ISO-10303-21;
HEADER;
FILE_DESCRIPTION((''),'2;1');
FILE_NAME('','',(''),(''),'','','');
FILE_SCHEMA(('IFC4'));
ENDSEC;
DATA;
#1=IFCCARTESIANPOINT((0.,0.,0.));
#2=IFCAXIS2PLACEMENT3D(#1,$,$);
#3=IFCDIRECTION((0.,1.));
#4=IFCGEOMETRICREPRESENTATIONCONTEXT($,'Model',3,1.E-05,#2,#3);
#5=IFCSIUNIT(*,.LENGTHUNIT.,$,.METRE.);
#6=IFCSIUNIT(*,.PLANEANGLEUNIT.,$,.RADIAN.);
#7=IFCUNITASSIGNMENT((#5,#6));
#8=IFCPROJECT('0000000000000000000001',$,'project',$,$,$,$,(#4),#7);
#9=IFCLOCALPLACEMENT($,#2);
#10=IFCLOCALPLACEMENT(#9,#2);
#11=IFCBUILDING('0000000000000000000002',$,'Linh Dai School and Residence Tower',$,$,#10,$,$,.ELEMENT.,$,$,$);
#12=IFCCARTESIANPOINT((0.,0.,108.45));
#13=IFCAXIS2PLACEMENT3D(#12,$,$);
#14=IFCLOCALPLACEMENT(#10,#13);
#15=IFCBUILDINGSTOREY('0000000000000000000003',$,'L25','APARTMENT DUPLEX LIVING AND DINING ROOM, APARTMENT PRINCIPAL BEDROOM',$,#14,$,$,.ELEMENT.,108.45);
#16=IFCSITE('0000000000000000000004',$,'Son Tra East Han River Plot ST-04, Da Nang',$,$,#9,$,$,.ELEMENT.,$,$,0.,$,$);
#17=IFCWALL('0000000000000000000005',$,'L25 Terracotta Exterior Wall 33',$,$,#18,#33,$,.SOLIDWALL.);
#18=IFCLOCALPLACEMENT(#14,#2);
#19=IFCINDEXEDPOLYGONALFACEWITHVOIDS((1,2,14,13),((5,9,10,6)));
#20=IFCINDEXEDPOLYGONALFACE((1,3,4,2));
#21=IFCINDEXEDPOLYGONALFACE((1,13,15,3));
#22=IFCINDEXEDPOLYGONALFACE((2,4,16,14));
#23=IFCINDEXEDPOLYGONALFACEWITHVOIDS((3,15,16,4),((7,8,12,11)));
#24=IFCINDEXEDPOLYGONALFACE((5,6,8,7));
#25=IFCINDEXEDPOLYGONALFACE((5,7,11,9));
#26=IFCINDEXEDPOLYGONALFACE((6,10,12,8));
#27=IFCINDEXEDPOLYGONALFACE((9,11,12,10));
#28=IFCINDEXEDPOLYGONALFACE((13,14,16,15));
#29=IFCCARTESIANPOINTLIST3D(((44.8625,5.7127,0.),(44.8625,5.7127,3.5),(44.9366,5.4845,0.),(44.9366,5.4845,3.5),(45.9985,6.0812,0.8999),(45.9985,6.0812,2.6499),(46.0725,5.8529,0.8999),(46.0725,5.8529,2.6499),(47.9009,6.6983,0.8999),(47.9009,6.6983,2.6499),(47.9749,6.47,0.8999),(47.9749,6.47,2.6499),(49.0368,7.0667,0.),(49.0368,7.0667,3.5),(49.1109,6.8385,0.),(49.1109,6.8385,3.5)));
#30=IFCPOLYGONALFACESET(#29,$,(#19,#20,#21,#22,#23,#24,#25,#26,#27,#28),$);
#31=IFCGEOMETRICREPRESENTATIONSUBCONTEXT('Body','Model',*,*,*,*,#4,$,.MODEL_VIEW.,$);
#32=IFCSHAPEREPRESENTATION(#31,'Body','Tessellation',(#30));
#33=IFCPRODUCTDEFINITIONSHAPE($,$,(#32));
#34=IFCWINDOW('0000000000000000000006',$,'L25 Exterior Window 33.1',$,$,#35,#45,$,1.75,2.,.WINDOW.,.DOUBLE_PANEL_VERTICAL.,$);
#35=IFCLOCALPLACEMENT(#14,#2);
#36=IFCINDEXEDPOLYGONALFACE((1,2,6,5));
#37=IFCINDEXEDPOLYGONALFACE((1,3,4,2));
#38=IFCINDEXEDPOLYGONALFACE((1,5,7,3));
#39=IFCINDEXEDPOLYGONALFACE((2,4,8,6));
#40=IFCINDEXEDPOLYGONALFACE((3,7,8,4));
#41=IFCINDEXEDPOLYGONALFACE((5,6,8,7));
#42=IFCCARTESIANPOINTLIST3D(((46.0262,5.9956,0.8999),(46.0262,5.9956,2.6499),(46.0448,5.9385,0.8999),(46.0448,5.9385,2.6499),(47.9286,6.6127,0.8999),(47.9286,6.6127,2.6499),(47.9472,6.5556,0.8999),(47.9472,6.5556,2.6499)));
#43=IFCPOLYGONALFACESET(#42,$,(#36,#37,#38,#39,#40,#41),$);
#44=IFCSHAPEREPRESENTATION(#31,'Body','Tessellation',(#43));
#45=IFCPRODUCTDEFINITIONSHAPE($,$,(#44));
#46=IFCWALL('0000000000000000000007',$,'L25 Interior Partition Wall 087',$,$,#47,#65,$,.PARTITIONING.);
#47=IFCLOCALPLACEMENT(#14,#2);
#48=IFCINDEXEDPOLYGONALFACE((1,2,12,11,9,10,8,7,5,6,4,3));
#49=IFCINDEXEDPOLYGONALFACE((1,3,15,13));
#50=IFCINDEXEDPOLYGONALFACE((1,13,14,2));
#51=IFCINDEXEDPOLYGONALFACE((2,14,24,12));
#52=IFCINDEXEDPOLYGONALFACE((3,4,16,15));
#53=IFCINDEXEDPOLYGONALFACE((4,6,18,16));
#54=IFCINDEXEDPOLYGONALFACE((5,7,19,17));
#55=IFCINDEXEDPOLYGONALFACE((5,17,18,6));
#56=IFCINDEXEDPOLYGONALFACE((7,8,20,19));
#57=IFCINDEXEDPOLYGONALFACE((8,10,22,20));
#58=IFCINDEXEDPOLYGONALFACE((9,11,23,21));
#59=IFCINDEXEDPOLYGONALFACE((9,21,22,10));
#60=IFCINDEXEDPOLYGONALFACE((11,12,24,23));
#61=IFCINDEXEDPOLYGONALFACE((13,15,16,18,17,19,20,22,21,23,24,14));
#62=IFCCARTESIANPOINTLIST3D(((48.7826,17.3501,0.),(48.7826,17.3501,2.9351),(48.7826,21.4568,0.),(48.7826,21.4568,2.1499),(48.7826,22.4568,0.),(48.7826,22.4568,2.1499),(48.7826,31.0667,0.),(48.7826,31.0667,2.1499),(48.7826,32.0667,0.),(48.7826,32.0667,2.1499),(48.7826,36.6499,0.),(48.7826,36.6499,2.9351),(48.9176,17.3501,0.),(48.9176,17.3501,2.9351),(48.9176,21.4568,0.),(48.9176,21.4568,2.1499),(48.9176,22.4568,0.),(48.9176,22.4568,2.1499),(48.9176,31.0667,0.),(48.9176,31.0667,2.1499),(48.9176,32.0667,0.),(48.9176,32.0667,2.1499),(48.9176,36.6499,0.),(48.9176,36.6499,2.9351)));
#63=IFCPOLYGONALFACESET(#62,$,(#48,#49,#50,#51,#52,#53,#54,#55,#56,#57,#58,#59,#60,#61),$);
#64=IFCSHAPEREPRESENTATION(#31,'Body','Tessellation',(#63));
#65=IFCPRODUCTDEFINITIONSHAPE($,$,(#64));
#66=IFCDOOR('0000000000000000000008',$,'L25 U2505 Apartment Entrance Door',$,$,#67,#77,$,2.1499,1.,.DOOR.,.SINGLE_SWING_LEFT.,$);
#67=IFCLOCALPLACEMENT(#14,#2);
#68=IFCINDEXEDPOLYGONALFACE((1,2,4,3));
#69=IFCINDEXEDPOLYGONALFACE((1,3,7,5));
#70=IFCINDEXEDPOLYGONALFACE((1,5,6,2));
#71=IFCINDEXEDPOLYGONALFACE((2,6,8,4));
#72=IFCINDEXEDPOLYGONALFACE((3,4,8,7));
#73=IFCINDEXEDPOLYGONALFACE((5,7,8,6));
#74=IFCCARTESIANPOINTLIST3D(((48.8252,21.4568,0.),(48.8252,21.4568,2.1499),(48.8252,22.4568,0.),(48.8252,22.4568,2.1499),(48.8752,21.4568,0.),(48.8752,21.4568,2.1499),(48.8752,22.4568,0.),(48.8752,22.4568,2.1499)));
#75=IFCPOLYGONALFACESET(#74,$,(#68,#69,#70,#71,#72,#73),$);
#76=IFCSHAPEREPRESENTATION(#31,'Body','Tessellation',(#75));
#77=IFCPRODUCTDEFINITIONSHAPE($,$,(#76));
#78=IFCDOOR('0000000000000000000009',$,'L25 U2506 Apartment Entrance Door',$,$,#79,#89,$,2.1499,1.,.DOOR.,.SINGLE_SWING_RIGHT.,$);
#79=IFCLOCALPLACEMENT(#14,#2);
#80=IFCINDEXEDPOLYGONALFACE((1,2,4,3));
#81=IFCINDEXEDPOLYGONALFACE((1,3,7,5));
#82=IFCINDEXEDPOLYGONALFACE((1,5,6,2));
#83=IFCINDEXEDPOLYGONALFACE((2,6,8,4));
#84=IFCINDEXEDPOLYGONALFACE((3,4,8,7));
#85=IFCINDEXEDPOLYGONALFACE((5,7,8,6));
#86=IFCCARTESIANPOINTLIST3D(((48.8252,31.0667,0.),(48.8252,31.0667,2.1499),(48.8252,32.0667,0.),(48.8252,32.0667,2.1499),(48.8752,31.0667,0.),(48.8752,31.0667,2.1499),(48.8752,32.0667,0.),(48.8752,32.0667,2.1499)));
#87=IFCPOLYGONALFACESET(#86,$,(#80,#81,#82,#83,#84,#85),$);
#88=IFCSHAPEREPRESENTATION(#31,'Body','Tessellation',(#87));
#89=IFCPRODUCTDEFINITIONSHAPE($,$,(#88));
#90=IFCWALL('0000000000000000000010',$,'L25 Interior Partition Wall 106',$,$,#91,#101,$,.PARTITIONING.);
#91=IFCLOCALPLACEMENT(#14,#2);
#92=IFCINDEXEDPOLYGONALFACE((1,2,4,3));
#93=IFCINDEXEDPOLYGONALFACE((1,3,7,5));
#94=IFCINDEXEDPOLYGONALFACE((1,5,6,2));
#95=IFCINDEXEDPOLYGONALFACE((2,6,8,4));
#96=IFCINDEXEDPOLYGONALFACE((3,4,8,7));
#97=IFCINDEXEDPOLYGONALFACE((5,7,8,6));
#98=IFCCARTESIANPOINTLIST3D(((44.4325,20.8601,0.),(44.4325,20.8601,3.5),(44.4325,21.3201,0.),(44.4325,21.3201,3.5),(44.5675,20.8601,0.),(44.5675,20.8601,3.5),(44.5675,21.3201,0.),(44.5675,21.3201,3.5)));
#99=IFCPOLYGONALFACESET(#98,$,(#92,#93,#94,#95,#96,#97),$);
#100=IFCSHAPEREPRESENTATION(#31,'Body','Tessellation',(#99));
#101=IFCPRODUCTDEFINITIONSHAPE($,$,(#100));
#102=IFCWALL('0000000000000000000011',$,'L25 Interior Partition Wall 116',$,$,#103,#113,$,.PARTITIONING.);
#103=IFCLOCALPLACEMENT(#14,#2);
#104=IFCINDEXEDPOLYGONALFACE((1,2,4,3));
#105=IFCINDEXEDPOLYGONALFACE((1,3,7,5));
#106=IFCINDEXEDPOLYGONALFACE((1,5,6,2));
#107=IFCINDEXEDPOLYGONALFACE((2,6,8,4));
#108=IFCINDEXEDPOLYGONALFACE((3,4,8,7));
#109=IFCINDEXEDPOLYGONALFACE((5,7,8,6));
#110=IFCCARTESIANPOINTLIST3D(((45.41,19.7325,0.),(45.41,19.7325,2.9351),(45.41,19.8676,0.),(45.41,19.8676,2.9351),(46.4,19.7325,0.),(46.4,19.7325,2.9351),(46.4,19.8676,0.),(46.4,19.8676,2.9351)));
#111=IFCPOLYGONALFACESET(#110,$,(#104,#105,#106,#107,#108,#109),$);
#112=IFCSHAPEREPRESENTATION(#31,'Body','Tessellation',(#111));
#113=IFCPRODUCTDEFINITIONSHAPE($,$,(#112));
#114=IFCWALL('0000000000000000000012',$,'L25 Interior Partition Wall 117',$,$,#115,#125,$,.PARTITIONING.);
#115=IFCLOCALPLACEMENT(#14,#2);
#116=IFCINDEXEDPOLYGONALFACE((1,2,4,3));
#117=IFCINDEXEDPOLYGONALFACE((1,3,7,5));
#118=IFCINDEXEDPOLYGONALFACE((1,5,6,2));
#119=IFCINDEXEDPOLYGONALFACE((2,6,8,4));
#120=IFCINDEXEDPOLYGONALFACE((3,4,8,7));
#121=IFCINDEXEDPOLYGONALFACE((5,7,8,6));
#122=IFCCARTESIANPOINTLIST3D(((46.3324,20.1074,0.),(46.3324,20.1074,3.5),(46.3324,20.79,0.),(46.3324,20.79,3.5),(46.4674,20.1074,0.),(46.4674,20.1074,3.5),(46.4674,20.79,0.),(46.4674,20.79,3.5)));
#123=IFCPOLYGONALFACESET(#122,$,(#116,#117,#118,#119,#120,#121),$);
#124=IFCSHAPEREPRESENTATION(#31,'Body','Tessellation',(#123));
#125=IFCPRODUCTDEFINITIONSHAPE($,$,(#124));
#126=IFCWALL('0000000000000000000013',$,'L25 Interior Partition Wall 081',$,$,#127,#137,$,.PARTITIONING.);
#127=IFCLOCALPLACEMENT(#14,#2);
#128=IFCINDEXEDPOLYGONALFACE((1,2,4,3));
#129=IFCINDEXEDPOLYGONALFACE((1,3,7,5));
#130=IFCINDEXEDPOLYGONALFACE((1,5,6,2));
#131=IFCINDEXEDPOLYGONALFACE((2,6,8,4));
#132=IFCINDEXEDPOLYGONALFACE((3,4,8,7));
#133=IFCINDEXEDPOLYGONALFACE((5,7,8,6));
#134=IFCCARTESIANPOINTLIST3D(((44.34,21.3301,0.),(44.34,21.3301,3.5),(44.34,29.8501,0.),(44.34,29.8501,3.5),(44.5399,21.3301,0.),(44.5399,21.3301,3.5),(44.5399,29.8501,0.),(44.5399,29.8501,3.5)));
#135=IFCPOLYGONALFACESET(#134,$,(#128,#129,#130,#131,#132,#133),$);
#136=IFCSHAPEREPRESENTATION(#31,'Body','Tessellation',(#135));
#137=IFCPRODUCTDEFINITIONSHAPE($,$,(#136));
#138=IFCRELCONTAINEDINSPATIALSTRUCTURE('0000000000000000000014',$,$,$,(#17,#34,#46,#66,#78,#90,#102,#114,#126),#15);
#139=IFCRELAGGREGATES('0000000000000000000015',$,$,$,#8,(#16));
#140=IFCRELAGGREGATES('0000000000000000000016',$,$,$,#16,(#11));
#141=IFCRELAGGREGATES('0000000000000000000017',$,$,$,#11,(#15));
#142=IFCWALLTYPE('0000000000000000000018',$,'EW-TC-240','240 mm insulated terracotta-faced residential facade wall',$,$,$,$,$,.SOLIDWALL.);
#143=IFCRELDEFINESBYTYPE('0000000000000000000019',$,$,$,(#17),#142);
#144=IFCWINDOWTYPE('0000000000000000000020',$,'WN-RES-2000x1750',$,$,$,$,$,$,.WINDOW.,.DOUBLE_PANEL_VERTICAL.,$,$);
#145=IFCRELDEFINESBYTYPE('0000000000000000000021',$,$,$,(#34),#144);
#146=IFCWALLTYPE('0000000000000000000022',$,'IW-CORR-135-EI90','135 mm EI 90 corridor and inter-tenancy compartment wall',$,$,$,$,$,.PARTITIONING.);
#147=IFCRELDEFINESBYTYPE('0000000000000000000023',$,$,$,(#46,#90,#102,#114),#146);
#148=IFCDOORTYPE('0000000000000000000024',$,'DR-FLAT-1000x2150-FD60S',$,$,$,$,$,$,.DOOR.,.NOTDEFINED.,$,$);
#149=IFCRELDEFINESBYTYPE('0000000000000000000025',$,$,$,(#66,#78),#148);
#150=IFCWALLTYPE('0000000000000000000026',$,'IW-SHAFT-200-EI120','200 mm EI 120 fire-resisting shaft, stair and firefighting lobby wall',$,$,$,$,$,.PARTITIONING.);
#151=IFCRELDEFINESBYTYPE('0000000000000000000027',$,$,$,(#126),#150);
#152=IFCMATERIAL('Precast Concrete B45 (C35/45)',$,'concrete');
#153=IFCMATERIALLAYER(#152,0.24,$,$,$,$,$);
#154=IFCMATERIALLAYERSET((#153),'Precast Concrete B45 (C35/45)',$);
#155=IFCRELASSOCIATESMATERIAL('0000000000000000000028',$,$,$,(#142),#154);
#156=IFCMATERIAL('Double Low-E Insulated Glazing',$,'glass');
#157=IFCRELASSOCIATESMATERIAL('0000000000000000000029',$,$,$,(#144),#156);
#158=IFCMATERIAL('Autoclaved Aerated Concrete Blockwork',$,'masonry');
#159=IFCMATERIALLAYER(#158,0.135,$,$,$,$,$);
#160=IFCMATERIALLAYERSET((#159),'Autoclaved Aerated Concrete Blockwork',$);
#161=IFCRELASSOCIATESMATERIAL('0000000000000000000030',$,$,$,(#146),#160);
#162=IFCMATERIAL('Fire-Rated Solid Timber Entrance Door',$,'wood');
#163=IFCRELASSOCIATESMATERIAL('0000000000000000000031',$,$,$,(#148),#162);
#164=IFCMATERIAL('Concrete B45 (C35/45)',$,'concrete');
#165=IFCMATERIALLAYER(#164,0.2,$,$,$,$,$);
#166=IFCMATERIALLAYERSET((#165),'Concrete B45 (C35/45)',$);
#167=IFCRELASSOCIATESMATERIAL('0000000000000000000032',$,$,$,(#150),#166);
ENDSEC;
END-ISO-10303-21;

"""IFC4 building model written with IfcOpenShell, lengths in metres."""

from ifc_helpers import new_model, si_unit, direction, frame, frame_2d, origin, origin_2d, place, context, subcontext, project, spatial, rectangle, extrude, source, transform, mapped, material, layer, layer_set, type_object, element, fill, save


model = new_model("IFC4")

# Units and contexts
model_context = context("Model", 3, precision=1e-05, world=origin(), true_north=direction((0.0, 1.0)))
body_context = subcontext(model_context, "Body", "Model", "MODEL_VIEW")
ifc_project = project(units=[si_unit("LENGTHUNIT", "METRE"), si_unit("PLANEANGLEUNIT", "RADIAN")], contexts=[model_context])

# Site, building, storey
site_placement = place(None, origin())
site = spatial("IfcSite", under=ifc_project, at=site_placement, Name="Son Tra East Han River Plot ST-04, Da Nang", CompositionType="ELEMENT", RefElevation=0.0)
building_placement = place(site_placement, origin())
building = spatial("IfcBuilding", under=site, at=building_placement, Name="Linh Dai School and Residence Tower", CompositionType="ELEMENT")
storey_placement = place(building_placement, frame((0.0, 0.0, 108.45)))
storey = spatial("IfcBuildingStorey", under=building, at=storey_placement, Name="L25", Description="APARTMENT DUPLEX LIVING AND DINING ROOM, APARTMENT PRINCIPAL BEDROOM", CompositionType="ELEMENT", Elevation=108.45)

# Wall, opening, window
ifc_material_1 = material(Name="Precast Concrete B45 (C35/45)", Category="concrete")
ifc_layer_1 = layer(ifc_material_1, 0.24)
ifc_layer_set_1 = layer_set([ifc_layer_1], Name="Precast Concrete B45 (C35/45)")
wall_type_1 = type_object("IfcWallType", Name="EW-TC-240", Description="240 mm insulated terracotta-faced residential facade wall", PredefinedType="SOLIDWALL", material=ifc_layer_set_1)
ifc_material_2 = material(Name="Double Low-E Insulated Glazing", Category="glass")
wall_1_placement = place(storey_placement, frame((49.074, 6.9526, 0.0), z_axis=(0.0, 0.0, 1.0), x_axis=(-0.951211, -0.30854, 0.0)))
wall_1 = element("IfcWall", 1, at=wall_1_placement, inside=storey, type_object=wall_type_1, Name="L25 Terracotta Exterior Wall 33", PredefinedType="SOLIDWALL", context=body_context, shape_type="SweptSolid", body=[
    extrude(rectangle(XDim=4.3884, YDim=0.24, at=frame_2d((2.1943, 0.0))), origin(), (0.0, 0.0, 1.0), 3.5),
])
opening_1_placement = place(wall_1_placement, frame((1.1943, 0.0, 0.8999)))
opening_1 = element("IfcOpeningElement", 2, at=opening_1_placement, cuts=wall_1, PredefinedType="OPENING", context=body_context, shape_type="SweptSolid", body=[
    extrude(rectangle(XDim=2.0, YDim=1.75, at=origin_2d()), frame((1.0, 0.1299, 0.875), z_axis=(0.0, -1.0, 0.0), x_axis=(1.0, 0.0, 0.0)), (0.0, 0.0, 1.0), 0.26),
])
window_type_1 = type_object("IfcWindowType", Name="WN-RES-2000x1750", PartitioningType="DOUBLE_PANEL_VERTICAL", PredefinedType="WINDOW", material=ifc_material_2)
shared_shape_1 = source(origin(), body_context, "Body", "SweptSolid", [
    extrude(rectangle(XDim=2.0, YDim=1.75, at=origin_2d()), frame((1.0, 0.03, 0.875), z_axis=(0.0, -1.0, 0.0), x_axis=(1.0, 0.0, 0.0)), (0.0, 0.0, 1.0), 0.0601),
])
window_1_placement = place(opening_1_placement, origin())
window_1 = element("IfcWindow", 3, at=window_1_placement, inside=storey, type_object=window_type_1, Name="L25 Exterior Window 33.1", OverallHeight=1.75, OverallWidth=2.0, PartitioningType="DOUBLE_PANEL_VERTICAL", PredefinedType="WINDOW", context=body_context, shape_type="MappedRepresentation", body=[
    mapped(shared_shape_1, transform((0.0, 0.0, 0.0), x_axis=(1.0, 0.0, 0.0), y_axis=(0.0, 1.0, 0.0), z_axis=(0.0, 0.0, 1.0), scale=1.0)),
])
fill(opening_1, window_1)

# Wall, openings, doors
ifc_material_3 = material(Name="Autoclaved Aerated Concrete Blockwork", Category="masonry")
ifc_layer_2 = layer(ifc_material_3, 0.135)
ifc_layer_set_2 = layer_set([ifc_layer_2], Name="Autoclaved Aerated Concrete Blockwork")
wall_type_2 = type_object("IfcWallType", Name="IW-CORR-135-EI90", Description="135 mm EI 90 corridor and inter-tenancy compartment wall", PredefinedType="PARTITIONING", material=ifc_layer_set_2)
wall_2_placement = place(storey_placement, frame((48.8501, 17.3501, 0.0), z_axis=(0.0, 0.0, 1.0), x_axis=(0.0, 1.0, 0.0)))
wall_2 = element("IfcWall", 4, at=wall_2_placement, inside=storey, type_object=wall_type_2, Name="L25 Interior Partition Wall 087", PredefinedType="PARTITIONING", context=body_context, shape_type="SweptSolid", body=[
    extrude(rectangle(XDim=19.2998, YDim=0.135, at=frame_2d((9.6499, 0.0))), origin(), (0.0, 0.0, 1.0), 2.9351),
])
opening_2_placement = place(wall_2_placement, frame((4.1067, 0.0, 0.0)))
opening_2 = element("IfcOpeningElement", 5, at=opening_2_placement, cuts=wall_2, PredefinedType="OPENING", context=body_context, shape_type="SweptSolid", body=[
    extrude(rectangle(XDim=1.0, YDim=2.1499, at=origin_2d()), frame((0.5, 0.0776, 1.075), z_axis=(0.0, -1.0, 0.0), x_axis=(1.0, 0.0, 0.0)), (0.0, 0.0, 1.0), 0.155),
])
opening_3_placement = place(wall_2_placement, frame((13.7166, 0.0, 0.0)))
opening_3 = element("IfcOpeningElement", 6, at=opening_3_placement, cuts=wall_2, PredefinedType="OPENING", context=body_context, shape_type="SweptSolid", body=[
    extrude(rectangle(XDim=1.0, YDim=2.1499, at=origin_2d()), frame((0.5, 0.0776, 1.075), z_axis=(0.0, -1.0, 0.0), x_axis=(1.0, 0.0, 0.0)), (0.0, 0.0, 1.0), 0.155),
])
ifc_material_4 = material(Name="Fire-Rated Solid Timber Entrance Door", Category="wood")
door_type_1 = type_object("IfcDoorType", Name="DR-FLAT-1000x2150-FD60S", OperationType="NOTDEFINED", PredefinedType="DOOR", material=ifc_material_4)
shared_shape_2 = source(origin(), body_context, "Body", "SweptSolid", [
    extrude(rectangle(XDim=1.0, YDim=2.1499, at=origin_2d()), frame((0.5, 0.0249, 1.075), z_axis=(0.0, -1.0, 0.0), x_axis=(1.0, 0.0, 0.0)), (0.0, 0.0, 1.0), 0.05),
])
door_1_placement = place(opening_2_placement, origin())
door_1 = element("IfcDoor", 7, at=door_1_placement, inside=storey, type_object=door_type_1, Name="L25 U2505 Apartment Entrance Door", OperationType="SINGLE_SWING_LEFT", OverallHeight=2.1499, OverallWidth=1.0, PredefinedType="DOOR", context=body_context, shape_type="MappedRepresentation", body=[
    mapped(shared_shape_2, transform((0.0, 0.0, 0.0), x_axis=(1.0, 0.0, 0.0), y_axis=(0.0, 1.0, 0.0), z_axis=(0.0, 0.0, 1.0), scale=1.0)),
])
fill(opening_2, door_1)
door_2_placement = place(opening_3_placement, origin())
door_2 = element("IfcDoor", 8, at=door_2_placement, inside=storey, type_object=door_type_1, Name="L25 U2506 Apartment Entrance Door", OperationType="SINGLE_SWING_RIGHT", OverallHeight=2.1499, OverallWidth=1.0, PredefinedType="DOOR", context=body_context, shape_type="MappedRepresentation", body=[
    mapped(shared_shape_2, transform((0.0, 0.0, 0.0), x_axis=(1.0, 0.0, 0.0), y_axis=(0.0, 1.0, 0.0), z_axis=(0.0, 0.0, 1.0), scale=1.0)),
])
fill(opening_3, door_2)

# Walls
wall_3_placement = place(storey_placement, frame((44.5, 20.8601, 0.0), z_axis=(0.0, 0.0, 1.0), x_axis=(0.0, 1.0, 0.0)))
element("IfcWall", 9, at=wall_3_placement, inside=storey, type_object=wall_type_2, Name="L25 Interior Partition Wall 106", PredefinedType="PARTITIONING", context=body_context, shape_type="SweptSolid", body=[
    extrude(rectangle(XDim=0.46, YDim=0.135, at=frame_2d((0.23, 0.0))), origin(), (0.0, 0.0, 1.0), 3.5),
])
wall_4_placement = place(storey_placement, frame((45.4099, 19.8, 0.0), z_axis=(0.0, 0.0, 1.0), x_axis=(1.0, 0.0, 0.0)))
element("IfcWall", 10, at=wall_4_placement, inside=storey, type_object=wall_type_2, Name="L25 Interior Partition Wall 116", PredefinedType="PARTITIONING", context=body_context, shape_type="SweptSolid", body=[
    extrude(rectangle(XDim=0.99, YDim=0.135, at=frame_2d((0.4951, 0.0))), origin(), (0.0, 0.0, 1.0), 2.9351),
])
wall_5_placement = place(storey_placement, frame((46.3999, 20.1074, 0.0), z_axis=(0.0, 0.0, 1.0), x_axis=(0.0, 1.0, 0.0)))
element("IfcWall", 11, at=wall_5_placement, inside=storey, type_object=wall_type_2, Name="L25 Interior Partition Wall 117", PredefinedType="PARTITIONING", context=body_context, shape_type="SweptSolid", body=[
    extrude(rectangle(XDim=0.6826, YDim=0.135, at=frame_2d((0.3413, 0.0))), origin(), (0.0, 0.0, 1.0), 3.5),
])
ifc_material_5 = material(Name="Concrete B45 (C35/45)", Category="concrete")
ifc_layer_3 = layer(ifc_material_5, 0.2)
ifc_layer_set_3 = layer_set([ifc_layer_3], Name="Concrete B45 (C35/45)")
wall_type_3 = type_object("IfcWallType", Name="IW-SHAFT-200-EI120", Description="200 mm EI 120 fire-resisting shaft, stair and firefighting lobby wall", PredefinedType="PARTITIONING", material=ifc_layer_set_3)
wall_6_placement = place(storey_placement, frame((44.4399, 21.3301, 0.0), z_axis=(0.0, 0.0, 1.0), x_axis=(0.0, 1.0, 0.0)))
element("IfcWall", 12, at=wall_6_placement, inside=storey, type_object=wall_type_3, Name="L25 Interior Partition Wall 081", PredefinedType="PARTITIONING", context=body_context, shape_type="SweptSolid", body=[
    extrude(rectangle(XDim=8.52, YDim=0.2, at=frame_2d((4.26, 0.0))), origin(), (0.0, 0.0, 1.0), 3.5),
])

save(model, "model.ifc")
